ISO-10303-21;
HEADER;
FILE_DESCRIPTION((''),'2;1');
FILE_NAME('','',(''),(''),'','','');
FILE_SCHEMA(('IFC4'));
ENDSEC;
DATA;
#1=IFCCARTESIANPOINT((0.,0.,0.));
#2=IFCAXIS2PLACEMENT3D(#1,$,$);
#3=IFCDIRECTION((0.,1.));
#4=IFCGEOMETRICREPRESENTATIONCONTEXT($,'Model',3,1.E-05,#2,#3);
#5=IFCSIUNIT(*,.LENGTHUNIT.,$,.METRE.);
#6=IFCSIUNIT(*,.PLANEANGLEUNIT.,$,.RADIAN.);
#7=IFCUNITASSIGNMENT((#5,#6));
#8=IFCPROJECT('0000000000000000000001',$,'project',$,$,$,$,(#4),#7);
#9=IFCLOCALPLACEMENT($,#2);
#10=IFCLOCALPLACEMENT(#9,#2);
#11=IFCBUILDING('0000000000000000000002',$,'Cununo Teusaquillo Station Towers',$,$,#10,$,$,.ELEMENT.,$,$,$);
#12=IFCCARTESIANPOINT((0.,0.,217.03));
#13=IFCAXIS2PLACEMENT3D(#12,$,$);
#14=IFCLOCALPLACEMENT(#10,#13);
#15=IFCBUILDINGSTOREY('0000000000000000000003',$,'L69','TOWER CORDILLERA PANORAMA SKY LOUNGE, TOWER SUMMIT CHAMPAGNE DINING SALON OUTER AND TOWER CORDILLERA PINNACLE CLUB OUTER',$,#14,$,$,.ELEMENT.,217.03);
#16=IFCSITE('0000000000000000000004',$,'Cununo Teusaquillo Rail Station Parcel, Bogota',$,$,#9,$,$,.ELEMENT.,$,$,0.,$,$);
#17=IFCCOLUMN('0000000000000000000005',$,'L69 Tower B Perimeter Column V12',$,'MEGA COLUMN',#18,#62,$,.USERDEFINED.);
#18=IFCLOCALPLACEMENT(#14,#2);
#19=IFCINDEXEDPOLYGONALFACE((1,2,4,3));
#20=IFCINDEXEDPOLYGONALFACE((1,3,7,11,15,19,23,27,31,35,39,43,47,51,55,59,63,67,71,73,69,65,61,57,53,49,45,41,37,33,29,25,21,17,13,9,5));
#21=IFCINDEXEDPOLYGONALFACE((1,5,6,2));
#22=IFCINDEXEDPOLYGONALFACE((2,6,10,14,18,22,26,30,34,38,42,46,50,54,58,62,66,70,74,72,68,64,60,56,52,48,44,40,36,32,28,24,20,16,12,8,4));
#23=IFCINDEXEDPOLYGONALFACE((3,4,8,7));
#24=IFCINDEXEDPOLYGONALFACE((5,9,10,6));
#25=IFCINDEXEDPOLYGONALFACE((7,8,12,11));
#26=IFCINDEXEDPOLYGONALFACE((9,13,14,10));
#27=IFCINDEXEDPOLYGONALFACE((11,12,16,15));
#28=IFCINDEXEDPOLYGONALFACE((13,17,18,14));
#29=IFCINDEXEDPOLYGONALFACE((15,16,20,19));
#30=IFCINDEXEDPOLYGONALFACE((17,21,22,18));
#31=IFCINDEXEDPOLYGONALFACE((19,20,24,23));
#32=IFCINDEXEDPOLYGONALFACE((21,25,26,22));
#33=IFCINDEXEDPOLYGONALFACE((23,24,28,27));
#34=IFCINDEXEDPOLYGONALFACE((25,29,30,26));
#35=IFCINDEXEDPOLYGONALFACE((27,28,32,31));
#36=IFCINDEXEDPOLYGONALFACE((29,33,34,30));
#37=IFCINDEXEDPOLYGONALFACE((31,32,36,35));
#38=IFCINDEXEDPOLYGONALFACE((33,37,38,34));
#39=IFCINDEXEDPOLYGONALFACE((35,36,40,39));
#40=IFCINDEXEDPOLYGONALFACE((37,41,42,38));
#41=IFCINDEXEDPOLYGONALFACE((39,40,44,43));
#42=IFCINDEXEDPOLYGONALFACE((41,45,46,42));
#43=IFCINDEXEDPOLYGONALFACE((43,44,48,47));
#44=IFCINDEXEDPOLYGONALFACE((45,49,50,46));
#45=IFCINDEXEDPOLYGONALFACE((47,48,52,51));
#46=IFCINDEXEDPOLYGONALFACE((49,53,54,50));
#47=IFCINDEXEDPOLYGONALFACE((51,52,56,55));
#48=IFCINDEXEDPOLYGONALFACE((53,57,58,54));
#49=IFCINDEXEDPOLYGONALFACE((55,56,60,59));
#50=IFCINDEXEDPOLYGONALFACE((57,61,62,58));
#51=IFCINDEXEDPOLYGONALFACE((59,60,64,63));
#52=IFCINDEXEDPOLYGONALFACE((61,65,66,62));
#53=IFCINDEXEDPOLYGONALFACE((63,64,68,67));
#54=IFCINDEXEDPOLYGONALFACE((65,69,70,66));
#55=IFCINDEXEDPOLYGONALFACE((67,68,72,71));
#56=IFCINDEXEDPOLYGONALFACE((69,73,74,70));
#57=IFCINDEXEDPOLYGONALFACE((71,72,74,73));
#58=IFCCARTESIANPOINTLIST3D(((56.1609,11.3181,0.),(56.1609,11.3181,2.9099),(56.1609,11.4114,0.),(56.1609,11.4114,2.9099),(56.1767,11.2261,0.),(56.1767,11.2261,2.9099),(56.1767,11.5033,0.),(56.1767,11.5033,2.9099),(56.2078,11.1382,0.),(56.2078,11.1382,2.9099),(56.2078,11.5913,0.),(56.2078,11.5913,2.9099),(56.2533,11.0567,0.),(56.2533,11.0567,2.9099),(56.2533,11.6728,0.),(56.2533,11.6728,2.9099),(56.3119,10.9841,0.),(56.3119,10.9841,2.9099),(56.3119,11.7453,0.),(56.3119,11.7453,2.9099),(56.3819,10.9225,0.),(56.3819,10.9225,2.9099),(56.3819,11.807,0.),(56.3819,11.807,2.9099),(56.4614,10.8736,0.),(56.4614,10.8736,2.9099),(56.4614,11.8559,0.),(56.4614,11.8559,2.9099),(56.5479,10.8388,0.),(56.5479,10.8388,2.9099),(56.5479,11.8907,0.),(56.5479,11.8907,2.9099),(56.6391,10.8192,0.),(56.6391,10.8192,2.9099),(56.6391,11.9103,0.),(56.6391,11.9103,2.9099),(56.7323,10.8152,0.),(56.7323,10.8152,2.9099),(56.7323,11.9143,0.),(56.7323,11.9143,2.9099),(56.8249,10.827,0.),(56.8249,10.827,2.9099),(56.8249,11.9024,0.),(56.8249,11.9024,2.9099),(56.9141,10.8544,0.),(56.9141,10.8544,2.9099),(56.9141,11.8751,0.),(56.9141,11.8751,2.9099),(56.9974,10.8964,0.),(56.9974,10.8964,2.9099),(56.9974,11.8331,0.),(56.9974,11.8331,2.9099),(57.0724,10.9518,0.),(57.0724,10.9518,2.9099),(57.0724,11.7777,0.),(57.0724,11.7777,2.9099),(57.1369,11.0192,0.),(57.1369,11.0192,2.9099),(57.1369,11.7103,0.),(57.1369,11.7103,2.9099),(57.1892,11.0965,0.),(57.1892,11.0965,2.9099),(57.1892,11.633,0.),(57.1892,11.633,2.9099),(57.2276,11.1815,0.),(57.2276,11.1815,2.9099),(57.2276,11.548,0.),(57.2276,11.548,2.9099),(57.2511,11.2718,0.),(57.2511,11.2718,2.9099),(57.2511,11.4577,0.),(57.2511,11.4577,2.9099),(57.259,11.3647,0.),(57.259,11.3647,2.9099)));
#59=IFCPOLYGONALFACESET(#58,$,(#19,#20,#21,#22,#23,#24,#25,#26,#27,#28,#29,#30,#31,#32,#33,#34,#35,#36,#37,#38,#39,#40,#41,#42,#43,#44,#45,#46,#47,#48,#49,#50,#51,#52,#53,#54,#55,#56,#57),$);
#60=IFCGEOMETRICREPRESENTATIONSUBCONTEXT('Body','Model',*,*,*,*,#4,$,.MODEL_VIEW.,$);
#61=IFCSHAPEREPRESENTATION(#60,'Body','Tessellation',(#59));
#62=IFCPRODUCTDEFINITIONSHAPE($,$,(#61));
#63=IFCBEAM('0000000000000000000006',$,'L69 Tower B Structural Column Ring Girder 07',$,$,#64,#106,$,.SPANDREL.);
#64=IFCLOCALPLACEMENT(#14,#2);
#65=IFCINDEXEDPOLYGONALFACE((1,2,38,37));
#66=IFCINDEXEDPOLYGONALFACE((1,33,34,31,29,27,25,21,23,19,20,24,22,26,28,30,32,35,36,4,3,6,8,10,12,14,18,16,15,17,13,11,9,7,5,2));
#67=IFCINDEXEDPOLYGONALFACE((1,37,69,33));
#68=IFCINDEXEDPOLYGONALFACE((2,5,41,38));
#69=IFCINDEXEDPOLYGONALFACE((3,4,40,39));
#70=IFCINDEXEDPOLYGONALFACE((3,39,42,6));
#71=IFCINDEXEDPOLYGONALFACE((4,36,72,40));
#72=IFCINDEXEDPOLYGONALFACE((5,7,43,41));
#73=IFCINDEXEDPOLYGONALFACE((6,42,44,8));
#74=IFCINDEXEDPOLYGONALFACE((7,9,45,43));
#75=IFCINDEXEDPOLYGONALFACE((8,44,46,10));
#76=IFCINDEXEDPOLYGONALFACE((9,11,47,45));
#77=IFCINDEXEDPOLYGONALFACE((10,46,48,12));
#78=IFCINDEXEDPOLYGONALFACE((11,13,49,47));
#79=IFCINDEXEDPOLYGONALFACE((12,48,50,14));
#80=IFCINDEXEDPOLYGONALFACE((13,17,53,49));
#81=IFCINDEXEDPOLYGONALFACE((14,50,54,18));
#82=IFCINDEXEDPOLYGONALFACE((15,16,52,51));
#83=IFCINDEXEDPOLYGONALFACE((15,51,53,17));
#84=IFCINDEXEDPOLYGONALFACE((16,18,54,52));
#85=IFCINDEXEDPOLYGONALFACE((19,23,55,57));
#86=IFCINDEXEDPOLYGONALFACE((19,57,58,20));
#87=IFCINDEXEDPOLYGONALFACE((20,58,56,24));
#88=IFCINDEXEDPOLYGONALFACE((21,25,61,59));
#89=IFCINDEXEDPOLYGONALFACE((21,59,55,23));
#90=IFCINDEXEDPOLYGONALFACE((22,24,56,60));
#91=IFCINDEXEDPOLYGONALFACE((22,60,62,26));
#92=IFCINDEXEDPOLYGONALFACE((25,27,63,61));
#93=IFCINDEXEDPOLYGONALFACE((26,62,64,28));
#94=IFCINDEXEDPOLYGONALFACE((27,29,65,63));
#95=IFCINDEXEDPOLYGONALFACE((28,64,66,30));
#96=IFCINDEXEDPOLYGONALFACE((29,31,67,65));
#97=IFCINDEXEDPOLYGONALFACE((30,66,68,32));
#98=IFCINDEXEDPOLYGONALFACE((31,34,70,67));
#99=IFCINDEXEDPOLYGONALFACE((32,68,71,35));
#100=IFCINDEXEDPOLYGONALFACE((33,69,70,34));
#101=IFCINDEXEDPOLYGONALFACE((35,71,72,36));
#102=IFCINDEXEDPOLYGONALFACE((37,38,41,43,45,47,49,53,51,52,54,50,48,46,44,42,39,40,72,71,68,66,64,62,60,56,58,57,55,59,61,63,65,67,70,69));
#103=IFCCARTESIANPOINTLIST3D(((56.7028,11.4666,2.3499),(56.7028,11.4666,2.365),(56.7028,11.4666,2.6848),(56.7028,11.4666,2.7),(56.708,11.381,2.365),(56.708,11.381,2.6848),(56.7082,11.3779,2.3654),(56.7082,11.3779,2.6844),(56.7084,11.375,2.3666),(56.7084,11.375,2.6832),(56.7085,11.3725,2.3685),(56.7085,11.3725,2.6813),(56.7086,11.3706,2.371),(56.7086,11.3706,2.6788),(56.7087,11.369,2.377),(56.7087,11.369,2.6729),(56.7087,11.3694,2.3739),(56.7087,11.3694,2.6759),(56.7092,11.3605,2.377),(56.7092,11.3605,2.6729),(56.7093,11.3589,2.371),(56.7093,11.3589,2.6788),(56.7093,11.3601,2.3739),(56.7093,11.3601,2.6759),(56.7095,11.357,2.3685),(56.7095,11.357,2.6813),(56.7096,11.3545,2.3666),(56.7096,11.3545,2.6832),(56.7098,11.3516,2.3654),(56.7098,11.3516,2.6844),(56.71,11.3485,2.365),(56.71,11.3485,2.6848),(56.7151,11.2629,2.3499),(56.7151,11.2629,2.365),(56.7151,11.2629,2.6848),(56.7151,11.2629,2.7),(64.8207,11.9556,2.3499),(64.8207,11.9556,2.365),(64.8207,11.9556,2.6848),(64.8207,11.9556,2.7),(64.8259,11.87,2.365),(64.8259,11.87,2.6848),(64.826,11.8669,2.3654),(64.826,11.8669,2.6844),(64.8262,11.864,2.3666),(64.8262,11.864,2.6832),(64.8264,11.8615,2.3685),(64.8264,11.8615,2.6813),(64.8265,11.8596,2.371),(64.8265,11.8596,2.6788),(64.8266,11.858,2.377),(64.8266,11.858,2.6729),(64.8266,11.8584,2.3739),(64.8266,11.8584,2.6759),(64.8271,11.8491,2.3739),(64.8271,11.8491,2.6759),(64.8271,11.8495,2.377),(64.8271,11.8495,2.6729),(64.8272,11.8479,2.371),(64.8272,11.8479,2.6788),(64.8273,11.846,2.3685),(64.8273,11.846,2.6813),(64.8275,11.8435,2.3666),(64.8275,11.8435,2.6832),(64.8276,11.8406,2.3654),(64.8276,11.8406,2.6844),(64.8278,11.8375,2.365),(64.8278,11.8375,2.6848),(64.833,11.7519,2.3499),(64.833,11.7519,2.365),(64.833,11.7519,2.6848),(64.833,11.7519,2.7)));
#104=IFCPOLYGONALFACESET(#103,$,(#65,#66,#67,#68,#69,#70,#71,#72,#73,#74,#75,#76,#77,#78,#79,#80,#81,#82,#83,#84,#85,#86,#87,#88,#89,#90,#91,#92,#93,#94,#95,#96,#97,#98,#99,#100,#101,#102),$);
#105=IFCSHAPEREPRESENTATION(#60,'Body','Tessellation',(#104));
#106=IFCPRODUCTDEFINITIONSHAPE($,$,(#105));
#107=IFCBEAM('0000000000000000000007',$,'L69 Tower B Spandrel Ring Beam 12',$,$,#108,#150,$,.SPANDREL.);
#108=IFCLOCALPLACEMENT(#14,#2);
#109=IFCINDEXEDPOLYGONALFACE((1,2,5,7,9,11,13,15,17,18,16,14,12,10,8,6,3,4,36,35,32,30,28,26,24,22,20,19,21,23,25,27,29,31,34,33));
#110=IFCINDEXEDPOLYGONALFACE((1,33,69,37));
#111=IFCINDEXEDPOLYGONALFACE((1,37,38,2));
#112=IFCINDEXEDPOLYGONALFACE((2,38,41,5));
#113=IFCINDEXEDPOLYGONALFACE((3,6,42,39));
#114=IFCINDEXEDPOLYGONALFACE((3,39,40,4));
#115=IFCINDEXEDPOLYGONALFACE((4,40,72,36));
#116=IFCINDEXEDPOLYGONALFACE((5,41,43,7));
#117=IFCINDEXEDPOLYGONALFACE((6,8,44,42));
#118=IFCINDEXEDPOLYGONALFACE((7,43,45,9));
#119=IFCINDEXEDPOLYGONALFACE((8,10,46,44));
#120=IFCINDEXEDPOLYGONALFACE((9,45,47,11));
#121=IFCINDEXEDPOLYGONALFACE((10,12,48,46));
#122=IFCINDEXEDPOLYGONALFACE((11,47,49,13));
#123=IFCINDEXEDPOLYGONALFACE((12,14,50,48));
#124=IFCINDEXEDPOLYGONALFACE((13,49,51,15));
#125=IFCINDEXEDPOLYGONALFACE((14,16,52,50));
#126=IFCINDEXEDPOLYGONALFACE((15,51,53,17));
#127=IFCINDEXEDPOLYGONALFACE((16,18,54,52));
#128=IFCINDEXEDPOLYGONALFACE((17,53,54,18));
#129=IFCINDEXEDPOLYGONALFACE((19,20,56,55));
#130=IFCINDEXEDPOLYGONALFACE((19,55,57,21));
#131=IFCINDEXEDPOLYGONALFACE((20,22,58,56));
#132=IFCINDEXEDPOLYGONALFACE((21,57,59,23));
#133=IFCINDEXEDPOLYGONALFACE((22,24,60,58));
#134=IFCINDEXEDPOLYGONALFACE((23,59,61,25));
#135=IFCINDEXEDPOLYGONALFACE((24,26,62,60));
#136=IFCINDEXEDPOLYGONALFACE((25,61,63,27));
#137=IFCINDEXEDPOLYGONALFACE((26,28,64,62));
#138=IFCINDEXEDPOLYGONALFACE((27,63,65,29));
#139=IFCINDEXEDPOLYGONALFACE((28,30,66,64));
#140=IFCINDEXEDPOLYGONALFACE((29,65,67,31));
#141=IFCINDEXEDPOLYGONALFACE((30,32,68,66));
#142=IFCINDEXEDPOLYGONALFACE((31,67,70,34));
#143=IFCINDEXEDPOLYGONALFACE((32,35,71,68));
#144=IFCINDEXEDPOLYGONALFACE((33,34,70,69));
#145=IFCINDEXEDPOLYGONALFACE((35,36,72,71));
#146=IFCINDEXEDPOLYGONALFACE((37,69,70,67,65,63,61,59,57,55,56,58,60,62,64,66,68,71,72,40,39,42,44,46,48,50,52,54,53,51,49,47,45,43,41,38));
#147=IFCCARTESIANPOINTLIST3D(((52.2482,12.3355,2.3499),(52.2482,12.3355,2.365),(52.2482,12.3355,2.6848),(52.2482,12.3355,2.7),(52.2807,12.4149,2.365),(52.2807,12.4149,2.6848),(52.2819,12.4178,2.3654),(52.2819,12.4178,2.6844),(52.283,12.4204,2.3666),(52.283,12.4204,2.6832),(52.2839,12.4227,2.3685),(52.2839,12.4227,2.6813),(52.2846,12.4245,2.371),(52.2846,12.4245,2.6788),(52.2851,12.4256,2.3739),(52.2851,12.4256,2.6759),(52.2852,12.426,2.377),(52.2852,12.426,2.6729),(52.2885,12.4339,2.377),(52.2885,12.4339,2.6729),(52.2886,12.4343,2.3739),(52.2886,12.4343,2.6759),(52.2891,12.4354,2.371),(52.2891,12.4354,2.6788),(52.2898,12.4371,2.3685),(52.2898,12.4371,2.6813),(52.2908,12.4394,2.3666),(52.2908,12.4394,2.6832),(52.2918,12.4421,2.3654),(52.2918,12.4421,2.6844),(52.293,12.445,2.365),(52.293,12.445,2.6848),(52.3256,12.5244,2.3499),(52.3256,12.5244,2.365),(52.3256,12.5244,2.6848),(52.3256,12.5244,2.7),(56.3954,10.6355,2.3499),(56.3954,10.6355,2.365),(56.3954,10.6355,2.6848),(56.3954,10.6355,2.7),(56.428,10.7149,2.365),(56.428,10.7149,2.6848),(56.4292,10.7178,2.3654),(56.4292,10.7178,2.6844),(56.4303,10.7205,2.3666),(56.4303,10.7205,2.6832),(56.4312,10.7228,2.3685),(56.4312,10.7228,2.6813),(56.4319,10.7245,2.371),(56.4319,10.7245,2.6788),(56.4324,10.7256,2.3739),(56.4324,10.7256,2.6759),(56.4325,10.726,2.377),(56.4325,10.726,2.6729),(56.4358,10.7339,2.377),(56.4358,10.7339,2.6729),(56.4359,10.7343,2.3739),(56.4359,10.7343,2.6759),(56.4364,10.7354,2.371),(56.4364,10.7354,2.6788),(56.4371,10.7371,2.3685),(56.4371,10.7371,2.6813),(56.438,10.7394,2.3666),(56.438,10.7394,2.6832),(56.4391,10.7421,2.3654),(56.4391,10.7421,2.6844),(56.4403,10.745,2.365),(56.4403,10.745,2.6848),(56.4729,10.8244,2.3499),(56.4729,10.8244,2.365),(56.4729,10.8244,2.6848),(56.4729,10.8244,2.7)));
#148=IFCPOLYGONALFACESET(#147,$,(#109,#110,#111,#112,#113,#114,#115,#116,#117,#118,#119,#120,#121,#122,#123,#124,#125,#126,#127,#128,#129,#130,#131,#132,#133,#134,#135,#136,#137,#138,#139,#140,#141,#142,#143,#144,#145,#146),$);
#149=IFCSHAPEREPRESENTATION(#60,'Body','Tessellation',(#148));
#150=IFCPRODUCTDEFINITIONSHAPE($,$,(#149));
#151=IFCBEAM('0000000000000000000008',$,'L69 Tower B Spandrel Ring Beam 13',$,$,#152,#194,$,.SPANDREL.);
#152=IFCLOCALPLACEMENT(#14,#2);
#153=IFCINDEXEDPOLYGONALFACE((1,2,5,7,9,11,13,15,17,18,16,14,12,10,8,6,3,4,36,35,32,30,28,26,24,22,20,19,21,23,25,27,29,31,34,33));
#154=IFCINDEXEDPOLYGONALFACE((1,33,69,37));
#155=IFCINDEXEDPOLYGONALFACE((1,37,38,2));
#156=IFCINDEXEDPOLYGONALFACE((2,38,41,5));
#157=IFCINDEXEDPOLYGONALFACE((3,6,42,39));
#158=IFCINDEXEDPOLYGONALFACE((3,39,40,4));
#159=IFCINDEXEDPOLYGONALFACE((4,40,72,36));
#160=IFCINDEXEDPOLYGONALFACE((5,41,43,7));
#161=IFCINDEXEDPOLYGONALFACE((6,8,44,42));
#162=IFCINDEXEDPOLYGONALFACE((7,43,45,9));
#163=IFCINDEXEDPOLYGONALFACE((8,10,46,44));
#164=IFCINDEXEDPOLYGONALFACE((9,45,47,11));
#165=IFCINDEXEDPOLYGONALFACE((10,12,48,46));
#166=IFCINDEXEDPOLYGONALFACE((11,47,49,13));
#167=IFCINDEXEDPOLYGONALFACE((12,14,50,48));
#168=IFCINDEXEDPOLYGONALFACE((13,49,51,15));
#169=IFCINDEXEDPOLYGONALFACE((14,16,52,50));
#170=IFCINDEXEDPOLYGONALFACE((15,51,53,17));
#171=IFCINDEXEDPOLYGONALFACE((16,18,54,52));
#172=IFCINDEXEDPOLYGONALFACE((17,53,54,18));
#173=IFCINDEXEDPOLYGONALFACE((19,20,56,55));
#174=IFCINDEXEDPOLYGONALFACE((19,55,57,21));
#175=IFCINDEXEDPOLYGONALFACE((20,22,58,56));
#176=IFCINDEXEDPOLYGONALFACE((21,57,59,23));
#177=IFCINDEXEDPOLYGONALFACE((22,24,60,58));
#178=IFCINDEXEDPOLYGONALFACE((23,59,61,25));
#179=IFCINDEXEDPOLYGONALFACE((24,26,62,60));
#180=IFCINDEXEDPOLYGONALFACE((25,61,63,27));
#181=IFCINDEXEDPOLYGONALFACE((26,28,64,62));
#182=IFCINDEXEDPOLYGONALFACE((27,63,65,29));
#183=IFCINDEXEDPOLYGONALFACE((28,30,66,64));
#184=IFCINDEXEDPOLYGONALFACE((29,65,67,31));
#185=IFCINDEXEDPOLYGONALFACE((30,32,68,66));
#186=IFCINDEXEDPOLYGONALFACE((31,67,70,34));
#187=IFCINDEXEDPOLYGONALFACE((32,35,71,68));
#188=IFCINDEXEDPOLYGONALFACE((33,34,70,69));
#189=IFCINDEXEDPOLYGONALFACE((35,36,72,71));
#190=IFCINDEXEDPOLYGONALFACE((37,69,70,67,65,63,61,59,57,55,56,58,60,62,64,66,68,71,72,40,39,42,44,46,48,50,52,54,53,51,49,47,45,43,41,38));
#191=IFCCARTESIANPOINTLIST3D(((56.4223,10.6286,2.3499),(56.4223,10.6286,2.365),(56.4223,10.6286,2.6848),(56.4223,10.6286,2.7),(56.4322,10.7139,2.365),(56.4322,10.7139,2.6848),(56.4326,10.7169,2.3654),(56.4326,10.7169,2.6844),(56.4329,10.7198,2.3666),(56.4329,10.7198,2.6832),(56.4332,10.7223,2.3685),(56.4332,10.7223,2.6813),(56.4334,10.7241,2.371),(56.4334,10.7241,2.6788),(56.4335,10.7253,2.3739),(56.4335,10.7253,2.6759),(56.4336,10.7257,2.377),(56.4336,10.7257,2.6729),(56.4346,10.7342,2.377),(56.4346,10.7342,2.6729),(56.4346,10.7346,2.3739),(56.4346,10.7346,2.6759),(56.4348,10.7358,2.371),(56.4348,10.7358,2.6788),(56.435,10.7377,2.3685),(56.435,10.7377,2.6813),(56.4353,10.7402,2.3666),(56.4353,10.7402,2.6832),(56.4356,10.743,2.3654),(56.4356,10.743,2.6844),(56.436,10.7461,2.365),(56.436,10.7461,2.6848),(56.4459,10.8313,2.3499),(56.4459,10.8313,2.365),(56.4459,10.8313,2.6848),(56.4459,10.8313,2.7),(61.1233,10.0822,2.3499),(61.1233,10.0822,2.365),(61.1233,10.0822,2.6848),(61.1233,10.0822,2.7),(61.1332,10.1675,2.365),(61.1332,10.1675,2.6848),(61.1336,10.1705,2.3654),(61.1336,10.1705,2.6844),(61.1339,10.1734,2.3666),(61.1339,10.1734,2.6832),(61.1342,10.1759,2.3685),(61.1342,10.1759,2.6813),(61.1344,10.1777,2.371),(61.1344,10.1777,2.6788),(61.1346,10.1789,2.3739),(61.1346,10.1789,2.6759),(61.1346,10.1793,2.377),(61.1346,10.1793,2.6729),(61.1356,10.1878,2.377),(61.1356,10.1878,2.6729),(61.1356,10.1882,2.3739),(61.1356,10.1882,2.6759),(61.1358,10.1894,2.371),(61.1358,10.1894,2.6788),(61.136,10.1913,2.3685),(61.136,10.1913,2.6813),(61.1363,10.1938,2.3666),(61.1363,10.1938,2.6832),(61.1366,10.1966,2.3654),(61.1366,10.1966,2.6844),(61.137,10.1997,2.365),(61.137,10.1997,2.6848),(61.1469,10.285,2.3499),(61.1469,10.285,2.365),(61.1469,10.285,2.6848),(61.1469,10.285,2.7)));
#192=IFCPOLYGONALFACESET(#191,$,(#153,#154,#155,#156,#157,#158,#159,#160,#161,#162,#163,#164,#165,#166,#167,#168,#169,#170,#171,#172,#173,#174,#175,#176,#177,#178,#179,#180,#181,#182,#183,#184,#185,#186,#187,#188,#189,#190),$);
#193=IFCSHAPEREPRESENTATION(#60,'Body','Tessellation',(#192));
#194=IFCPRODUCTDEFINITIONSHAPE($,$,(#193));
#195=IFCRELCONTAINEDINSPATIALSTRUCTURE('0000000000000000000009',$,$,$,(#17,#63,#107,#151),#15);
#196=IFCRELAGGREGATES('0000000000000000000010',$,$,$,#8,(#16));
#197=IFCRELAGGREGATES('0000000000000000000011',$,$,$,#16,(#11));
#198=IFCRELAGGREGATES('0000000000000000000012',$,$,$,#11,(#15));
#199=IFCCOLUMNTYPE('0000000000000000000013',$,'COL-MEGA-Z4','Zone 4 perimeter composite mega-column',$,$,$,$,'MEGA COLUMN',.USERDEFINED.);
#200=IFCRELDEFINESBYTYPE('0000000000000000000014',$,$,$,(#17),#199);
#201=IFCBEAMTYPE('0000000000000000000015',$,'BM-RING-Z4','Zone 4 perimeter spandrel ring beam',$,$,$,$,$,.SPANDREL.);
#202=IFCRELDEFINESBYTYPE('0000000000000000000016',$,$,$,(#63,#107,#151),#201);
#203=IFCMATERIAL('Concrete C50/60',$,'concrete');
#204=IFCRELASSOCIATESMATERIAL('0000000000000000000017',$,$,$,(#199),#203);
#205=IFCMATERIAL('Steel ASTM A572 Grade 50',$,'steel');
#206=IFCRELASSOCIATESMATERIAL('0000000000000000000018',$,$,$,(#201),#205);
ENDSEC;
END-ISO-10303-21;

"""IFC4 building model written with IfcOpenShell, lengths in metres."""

from ifc_helpers import new_model, si_unit, direction, frame, origin, origin_2d, place, context, subcontext, project, spatial, circle, i_section, extrude, material, material_profile, profile_set, type_object, element, save


model = new_model("IFC4")

# Units and contexts
model_context = context("Model", 3, precision=1e-05, world=origin(), true_north=direction((0.0, 1.0)))
body_context = subcontext(model_context, "Body", "Model", "MODEL_VIEW")
ifc_project = project(units=[si_unit("LENGTHUNIT", "METRE"), si_unit("PLANEANGLEUNIT", "RADIAN")], contexts=[model_context])

# Site, building, storey
site_placement = place(None, origin())
site = spatial("IfcSite", under=ifc_project, at=site_placement, Name="Cununo Teusaquillo Rail Station Parcel, Bogota", CompositionType="ELEMENT", RefElevation=0.0)
building_placement = place(site_placement, origin())
building = spatial("IfcBuilding", under=site, at=building_placement, Name="Cununo Teusaquillo Station Towers", CompositionType="ELEMENT")
storey_placement = place(building_placement, frame((0.0, 0.0, 217.03)))
storey = spatial("IfcBuildingStorey", under=building, at=storey_placement, Name="L69", Description="TOWER CORDILLERA PANORAMA SKY LOUNGE, TOWER SUMMIT CHAMPAGNE DINING SALON OUTER AND TOWER CORDILLERA PINNACLE CLUB OUTER", CompositionType="ELEMENT", Elevation=217.03)

# Column
ifc_material_1 = material(Name="Concrete C50/60", Category="concrete")
ifc_material_profile_1 = material_profile(ifc_material_1, circle(Radius=0.55, at=origin_2d()), Name="RC-CIRC-1100")
ifc_profile_set_1 = profile_set([ifc_material_profile_1], Name="Concrete C50/60")
column_type = type_object("IfcColumnType", Name="COL-MEGA-Z4", Description="Zone 4 perimeter composite mega-column", ElementType="MEGA COLUMN", PredefinedType="USERDEFINED", material=ifc_profile_set_1)
column_placement = place(storey_placement, frame((56.709, 11.3647, 0.0), z_axis=(0.0, 0.0, 1.0), x_axis=(1.0, 0.0, 0.0)))
element("IfcColumn", 1, at=column_placement, inside=storey, type_object=column_type, Name="L69 Tower B Perimeter Column V12", ObjectType="MEGA COLUMN", PredefinedType="USERDEFINED", context=body_context, shape_type="SweptSolid", body=[
    extrude(circle(Radius=0.55, at=origin_2d()), origin(), (0.0, 0.0, 1.0), 2.9099),
])

# Beams
ifc_material_2 = material(Name="Steel ASTM A572 Grade 50", Category="steel")
ifc_material_profile_2 = material_profile(ifc_material_2, i_section(OverallWidth=0.2041, OverallDepth=0.3501, WebThickness=0.0085, FlangeThickness=0.0151, FilletRadius=0.012, at=origin_2d()), Name="W14X48")
ifc_profile_set_2 = profile_set([ifc_material_profile_2], Name="Steel ASTM A572 Grade 50")
beam_type = type_object("IfcBeamType", Name="BM-RING-Z4", Description="Zone 4 perimeter spandrel ring beam", PredefinedType="SPANDREL", material=ifc_profile_set_2)
beam_1_placement = place(storey_placement, frame((56.709, 11.3647, 2.5249), z_axis=(0.998191, 0.06013, 0.0), x_axis=(-0.06013, 0.998191, 0.0)))
element("IfcBeam", 2, at=beam_1_placement, inside=storey, type_object=beam_type, Name="L69 Tower B Structural Column Ring Girder 07", PredefinedType="SPANDREL", context=body_context, shape_type="SweptSolid", body=[
    extrude(i_section(OverallWidth=0.2041, OverallDepth=0.3501, WebThickness=0.0085, FlangeThickness=0.0151, FilletRadius=0.012, at=origin_2d()), origin(), (0.0, 0.0, 1.0), 8.1326),
])
beam_2_placement = place(storey_placement, frame((52.2869, 12.4299, 2.5249), z_axis=(0.925284, -0.379275, 0.0), x_axis=(0.379275, 0.925284, 0.0)))
element("IfcBeam", 3, at=beam_2_placement, inside=storey, type_object=beam_type, Name="L69 Tower B Spandrel Ring Beam 12", PredefinedType="SPANDREL", context=body_context, shape_type="SweptSolid", body=[
    extrude(i_section(OverallWidth=0.2041, OverallDepth=0.3501, WebThickness=0.0085, FlangeThickness=0.0151, FilletRadius=0.012, at=origin_2d()), origin(), (0.0, 0.0, 1.0), 4.4822),
])
beam_3_placement = place(storey_placement, frame((56.4341, 10.73, 2.5249), z_axis=(0.993313, -0.115452, 0.0), x_axis=(0.115452, 0.993313, 0.0)))
element("IfcBeam", 4, at=beam_3_placement, inside=storey, type_object=beam_type, Name="L69 Tower B Spandrel Ring Beam 13", PredefinedType="SPANDREL", context=body_context, shape_type="SweptSolid", body=[
    extrude(i_section(OverallWidth=0.2041, OverallDepth=0.3501, WebThickness=0.0085, FlangeThickness=0.0151, FilletRadius=0.012, at=origin_2d()), origin(), (0.0, 0.0, 1.0), 4.7327),
])

save(model, "model.ifc")
